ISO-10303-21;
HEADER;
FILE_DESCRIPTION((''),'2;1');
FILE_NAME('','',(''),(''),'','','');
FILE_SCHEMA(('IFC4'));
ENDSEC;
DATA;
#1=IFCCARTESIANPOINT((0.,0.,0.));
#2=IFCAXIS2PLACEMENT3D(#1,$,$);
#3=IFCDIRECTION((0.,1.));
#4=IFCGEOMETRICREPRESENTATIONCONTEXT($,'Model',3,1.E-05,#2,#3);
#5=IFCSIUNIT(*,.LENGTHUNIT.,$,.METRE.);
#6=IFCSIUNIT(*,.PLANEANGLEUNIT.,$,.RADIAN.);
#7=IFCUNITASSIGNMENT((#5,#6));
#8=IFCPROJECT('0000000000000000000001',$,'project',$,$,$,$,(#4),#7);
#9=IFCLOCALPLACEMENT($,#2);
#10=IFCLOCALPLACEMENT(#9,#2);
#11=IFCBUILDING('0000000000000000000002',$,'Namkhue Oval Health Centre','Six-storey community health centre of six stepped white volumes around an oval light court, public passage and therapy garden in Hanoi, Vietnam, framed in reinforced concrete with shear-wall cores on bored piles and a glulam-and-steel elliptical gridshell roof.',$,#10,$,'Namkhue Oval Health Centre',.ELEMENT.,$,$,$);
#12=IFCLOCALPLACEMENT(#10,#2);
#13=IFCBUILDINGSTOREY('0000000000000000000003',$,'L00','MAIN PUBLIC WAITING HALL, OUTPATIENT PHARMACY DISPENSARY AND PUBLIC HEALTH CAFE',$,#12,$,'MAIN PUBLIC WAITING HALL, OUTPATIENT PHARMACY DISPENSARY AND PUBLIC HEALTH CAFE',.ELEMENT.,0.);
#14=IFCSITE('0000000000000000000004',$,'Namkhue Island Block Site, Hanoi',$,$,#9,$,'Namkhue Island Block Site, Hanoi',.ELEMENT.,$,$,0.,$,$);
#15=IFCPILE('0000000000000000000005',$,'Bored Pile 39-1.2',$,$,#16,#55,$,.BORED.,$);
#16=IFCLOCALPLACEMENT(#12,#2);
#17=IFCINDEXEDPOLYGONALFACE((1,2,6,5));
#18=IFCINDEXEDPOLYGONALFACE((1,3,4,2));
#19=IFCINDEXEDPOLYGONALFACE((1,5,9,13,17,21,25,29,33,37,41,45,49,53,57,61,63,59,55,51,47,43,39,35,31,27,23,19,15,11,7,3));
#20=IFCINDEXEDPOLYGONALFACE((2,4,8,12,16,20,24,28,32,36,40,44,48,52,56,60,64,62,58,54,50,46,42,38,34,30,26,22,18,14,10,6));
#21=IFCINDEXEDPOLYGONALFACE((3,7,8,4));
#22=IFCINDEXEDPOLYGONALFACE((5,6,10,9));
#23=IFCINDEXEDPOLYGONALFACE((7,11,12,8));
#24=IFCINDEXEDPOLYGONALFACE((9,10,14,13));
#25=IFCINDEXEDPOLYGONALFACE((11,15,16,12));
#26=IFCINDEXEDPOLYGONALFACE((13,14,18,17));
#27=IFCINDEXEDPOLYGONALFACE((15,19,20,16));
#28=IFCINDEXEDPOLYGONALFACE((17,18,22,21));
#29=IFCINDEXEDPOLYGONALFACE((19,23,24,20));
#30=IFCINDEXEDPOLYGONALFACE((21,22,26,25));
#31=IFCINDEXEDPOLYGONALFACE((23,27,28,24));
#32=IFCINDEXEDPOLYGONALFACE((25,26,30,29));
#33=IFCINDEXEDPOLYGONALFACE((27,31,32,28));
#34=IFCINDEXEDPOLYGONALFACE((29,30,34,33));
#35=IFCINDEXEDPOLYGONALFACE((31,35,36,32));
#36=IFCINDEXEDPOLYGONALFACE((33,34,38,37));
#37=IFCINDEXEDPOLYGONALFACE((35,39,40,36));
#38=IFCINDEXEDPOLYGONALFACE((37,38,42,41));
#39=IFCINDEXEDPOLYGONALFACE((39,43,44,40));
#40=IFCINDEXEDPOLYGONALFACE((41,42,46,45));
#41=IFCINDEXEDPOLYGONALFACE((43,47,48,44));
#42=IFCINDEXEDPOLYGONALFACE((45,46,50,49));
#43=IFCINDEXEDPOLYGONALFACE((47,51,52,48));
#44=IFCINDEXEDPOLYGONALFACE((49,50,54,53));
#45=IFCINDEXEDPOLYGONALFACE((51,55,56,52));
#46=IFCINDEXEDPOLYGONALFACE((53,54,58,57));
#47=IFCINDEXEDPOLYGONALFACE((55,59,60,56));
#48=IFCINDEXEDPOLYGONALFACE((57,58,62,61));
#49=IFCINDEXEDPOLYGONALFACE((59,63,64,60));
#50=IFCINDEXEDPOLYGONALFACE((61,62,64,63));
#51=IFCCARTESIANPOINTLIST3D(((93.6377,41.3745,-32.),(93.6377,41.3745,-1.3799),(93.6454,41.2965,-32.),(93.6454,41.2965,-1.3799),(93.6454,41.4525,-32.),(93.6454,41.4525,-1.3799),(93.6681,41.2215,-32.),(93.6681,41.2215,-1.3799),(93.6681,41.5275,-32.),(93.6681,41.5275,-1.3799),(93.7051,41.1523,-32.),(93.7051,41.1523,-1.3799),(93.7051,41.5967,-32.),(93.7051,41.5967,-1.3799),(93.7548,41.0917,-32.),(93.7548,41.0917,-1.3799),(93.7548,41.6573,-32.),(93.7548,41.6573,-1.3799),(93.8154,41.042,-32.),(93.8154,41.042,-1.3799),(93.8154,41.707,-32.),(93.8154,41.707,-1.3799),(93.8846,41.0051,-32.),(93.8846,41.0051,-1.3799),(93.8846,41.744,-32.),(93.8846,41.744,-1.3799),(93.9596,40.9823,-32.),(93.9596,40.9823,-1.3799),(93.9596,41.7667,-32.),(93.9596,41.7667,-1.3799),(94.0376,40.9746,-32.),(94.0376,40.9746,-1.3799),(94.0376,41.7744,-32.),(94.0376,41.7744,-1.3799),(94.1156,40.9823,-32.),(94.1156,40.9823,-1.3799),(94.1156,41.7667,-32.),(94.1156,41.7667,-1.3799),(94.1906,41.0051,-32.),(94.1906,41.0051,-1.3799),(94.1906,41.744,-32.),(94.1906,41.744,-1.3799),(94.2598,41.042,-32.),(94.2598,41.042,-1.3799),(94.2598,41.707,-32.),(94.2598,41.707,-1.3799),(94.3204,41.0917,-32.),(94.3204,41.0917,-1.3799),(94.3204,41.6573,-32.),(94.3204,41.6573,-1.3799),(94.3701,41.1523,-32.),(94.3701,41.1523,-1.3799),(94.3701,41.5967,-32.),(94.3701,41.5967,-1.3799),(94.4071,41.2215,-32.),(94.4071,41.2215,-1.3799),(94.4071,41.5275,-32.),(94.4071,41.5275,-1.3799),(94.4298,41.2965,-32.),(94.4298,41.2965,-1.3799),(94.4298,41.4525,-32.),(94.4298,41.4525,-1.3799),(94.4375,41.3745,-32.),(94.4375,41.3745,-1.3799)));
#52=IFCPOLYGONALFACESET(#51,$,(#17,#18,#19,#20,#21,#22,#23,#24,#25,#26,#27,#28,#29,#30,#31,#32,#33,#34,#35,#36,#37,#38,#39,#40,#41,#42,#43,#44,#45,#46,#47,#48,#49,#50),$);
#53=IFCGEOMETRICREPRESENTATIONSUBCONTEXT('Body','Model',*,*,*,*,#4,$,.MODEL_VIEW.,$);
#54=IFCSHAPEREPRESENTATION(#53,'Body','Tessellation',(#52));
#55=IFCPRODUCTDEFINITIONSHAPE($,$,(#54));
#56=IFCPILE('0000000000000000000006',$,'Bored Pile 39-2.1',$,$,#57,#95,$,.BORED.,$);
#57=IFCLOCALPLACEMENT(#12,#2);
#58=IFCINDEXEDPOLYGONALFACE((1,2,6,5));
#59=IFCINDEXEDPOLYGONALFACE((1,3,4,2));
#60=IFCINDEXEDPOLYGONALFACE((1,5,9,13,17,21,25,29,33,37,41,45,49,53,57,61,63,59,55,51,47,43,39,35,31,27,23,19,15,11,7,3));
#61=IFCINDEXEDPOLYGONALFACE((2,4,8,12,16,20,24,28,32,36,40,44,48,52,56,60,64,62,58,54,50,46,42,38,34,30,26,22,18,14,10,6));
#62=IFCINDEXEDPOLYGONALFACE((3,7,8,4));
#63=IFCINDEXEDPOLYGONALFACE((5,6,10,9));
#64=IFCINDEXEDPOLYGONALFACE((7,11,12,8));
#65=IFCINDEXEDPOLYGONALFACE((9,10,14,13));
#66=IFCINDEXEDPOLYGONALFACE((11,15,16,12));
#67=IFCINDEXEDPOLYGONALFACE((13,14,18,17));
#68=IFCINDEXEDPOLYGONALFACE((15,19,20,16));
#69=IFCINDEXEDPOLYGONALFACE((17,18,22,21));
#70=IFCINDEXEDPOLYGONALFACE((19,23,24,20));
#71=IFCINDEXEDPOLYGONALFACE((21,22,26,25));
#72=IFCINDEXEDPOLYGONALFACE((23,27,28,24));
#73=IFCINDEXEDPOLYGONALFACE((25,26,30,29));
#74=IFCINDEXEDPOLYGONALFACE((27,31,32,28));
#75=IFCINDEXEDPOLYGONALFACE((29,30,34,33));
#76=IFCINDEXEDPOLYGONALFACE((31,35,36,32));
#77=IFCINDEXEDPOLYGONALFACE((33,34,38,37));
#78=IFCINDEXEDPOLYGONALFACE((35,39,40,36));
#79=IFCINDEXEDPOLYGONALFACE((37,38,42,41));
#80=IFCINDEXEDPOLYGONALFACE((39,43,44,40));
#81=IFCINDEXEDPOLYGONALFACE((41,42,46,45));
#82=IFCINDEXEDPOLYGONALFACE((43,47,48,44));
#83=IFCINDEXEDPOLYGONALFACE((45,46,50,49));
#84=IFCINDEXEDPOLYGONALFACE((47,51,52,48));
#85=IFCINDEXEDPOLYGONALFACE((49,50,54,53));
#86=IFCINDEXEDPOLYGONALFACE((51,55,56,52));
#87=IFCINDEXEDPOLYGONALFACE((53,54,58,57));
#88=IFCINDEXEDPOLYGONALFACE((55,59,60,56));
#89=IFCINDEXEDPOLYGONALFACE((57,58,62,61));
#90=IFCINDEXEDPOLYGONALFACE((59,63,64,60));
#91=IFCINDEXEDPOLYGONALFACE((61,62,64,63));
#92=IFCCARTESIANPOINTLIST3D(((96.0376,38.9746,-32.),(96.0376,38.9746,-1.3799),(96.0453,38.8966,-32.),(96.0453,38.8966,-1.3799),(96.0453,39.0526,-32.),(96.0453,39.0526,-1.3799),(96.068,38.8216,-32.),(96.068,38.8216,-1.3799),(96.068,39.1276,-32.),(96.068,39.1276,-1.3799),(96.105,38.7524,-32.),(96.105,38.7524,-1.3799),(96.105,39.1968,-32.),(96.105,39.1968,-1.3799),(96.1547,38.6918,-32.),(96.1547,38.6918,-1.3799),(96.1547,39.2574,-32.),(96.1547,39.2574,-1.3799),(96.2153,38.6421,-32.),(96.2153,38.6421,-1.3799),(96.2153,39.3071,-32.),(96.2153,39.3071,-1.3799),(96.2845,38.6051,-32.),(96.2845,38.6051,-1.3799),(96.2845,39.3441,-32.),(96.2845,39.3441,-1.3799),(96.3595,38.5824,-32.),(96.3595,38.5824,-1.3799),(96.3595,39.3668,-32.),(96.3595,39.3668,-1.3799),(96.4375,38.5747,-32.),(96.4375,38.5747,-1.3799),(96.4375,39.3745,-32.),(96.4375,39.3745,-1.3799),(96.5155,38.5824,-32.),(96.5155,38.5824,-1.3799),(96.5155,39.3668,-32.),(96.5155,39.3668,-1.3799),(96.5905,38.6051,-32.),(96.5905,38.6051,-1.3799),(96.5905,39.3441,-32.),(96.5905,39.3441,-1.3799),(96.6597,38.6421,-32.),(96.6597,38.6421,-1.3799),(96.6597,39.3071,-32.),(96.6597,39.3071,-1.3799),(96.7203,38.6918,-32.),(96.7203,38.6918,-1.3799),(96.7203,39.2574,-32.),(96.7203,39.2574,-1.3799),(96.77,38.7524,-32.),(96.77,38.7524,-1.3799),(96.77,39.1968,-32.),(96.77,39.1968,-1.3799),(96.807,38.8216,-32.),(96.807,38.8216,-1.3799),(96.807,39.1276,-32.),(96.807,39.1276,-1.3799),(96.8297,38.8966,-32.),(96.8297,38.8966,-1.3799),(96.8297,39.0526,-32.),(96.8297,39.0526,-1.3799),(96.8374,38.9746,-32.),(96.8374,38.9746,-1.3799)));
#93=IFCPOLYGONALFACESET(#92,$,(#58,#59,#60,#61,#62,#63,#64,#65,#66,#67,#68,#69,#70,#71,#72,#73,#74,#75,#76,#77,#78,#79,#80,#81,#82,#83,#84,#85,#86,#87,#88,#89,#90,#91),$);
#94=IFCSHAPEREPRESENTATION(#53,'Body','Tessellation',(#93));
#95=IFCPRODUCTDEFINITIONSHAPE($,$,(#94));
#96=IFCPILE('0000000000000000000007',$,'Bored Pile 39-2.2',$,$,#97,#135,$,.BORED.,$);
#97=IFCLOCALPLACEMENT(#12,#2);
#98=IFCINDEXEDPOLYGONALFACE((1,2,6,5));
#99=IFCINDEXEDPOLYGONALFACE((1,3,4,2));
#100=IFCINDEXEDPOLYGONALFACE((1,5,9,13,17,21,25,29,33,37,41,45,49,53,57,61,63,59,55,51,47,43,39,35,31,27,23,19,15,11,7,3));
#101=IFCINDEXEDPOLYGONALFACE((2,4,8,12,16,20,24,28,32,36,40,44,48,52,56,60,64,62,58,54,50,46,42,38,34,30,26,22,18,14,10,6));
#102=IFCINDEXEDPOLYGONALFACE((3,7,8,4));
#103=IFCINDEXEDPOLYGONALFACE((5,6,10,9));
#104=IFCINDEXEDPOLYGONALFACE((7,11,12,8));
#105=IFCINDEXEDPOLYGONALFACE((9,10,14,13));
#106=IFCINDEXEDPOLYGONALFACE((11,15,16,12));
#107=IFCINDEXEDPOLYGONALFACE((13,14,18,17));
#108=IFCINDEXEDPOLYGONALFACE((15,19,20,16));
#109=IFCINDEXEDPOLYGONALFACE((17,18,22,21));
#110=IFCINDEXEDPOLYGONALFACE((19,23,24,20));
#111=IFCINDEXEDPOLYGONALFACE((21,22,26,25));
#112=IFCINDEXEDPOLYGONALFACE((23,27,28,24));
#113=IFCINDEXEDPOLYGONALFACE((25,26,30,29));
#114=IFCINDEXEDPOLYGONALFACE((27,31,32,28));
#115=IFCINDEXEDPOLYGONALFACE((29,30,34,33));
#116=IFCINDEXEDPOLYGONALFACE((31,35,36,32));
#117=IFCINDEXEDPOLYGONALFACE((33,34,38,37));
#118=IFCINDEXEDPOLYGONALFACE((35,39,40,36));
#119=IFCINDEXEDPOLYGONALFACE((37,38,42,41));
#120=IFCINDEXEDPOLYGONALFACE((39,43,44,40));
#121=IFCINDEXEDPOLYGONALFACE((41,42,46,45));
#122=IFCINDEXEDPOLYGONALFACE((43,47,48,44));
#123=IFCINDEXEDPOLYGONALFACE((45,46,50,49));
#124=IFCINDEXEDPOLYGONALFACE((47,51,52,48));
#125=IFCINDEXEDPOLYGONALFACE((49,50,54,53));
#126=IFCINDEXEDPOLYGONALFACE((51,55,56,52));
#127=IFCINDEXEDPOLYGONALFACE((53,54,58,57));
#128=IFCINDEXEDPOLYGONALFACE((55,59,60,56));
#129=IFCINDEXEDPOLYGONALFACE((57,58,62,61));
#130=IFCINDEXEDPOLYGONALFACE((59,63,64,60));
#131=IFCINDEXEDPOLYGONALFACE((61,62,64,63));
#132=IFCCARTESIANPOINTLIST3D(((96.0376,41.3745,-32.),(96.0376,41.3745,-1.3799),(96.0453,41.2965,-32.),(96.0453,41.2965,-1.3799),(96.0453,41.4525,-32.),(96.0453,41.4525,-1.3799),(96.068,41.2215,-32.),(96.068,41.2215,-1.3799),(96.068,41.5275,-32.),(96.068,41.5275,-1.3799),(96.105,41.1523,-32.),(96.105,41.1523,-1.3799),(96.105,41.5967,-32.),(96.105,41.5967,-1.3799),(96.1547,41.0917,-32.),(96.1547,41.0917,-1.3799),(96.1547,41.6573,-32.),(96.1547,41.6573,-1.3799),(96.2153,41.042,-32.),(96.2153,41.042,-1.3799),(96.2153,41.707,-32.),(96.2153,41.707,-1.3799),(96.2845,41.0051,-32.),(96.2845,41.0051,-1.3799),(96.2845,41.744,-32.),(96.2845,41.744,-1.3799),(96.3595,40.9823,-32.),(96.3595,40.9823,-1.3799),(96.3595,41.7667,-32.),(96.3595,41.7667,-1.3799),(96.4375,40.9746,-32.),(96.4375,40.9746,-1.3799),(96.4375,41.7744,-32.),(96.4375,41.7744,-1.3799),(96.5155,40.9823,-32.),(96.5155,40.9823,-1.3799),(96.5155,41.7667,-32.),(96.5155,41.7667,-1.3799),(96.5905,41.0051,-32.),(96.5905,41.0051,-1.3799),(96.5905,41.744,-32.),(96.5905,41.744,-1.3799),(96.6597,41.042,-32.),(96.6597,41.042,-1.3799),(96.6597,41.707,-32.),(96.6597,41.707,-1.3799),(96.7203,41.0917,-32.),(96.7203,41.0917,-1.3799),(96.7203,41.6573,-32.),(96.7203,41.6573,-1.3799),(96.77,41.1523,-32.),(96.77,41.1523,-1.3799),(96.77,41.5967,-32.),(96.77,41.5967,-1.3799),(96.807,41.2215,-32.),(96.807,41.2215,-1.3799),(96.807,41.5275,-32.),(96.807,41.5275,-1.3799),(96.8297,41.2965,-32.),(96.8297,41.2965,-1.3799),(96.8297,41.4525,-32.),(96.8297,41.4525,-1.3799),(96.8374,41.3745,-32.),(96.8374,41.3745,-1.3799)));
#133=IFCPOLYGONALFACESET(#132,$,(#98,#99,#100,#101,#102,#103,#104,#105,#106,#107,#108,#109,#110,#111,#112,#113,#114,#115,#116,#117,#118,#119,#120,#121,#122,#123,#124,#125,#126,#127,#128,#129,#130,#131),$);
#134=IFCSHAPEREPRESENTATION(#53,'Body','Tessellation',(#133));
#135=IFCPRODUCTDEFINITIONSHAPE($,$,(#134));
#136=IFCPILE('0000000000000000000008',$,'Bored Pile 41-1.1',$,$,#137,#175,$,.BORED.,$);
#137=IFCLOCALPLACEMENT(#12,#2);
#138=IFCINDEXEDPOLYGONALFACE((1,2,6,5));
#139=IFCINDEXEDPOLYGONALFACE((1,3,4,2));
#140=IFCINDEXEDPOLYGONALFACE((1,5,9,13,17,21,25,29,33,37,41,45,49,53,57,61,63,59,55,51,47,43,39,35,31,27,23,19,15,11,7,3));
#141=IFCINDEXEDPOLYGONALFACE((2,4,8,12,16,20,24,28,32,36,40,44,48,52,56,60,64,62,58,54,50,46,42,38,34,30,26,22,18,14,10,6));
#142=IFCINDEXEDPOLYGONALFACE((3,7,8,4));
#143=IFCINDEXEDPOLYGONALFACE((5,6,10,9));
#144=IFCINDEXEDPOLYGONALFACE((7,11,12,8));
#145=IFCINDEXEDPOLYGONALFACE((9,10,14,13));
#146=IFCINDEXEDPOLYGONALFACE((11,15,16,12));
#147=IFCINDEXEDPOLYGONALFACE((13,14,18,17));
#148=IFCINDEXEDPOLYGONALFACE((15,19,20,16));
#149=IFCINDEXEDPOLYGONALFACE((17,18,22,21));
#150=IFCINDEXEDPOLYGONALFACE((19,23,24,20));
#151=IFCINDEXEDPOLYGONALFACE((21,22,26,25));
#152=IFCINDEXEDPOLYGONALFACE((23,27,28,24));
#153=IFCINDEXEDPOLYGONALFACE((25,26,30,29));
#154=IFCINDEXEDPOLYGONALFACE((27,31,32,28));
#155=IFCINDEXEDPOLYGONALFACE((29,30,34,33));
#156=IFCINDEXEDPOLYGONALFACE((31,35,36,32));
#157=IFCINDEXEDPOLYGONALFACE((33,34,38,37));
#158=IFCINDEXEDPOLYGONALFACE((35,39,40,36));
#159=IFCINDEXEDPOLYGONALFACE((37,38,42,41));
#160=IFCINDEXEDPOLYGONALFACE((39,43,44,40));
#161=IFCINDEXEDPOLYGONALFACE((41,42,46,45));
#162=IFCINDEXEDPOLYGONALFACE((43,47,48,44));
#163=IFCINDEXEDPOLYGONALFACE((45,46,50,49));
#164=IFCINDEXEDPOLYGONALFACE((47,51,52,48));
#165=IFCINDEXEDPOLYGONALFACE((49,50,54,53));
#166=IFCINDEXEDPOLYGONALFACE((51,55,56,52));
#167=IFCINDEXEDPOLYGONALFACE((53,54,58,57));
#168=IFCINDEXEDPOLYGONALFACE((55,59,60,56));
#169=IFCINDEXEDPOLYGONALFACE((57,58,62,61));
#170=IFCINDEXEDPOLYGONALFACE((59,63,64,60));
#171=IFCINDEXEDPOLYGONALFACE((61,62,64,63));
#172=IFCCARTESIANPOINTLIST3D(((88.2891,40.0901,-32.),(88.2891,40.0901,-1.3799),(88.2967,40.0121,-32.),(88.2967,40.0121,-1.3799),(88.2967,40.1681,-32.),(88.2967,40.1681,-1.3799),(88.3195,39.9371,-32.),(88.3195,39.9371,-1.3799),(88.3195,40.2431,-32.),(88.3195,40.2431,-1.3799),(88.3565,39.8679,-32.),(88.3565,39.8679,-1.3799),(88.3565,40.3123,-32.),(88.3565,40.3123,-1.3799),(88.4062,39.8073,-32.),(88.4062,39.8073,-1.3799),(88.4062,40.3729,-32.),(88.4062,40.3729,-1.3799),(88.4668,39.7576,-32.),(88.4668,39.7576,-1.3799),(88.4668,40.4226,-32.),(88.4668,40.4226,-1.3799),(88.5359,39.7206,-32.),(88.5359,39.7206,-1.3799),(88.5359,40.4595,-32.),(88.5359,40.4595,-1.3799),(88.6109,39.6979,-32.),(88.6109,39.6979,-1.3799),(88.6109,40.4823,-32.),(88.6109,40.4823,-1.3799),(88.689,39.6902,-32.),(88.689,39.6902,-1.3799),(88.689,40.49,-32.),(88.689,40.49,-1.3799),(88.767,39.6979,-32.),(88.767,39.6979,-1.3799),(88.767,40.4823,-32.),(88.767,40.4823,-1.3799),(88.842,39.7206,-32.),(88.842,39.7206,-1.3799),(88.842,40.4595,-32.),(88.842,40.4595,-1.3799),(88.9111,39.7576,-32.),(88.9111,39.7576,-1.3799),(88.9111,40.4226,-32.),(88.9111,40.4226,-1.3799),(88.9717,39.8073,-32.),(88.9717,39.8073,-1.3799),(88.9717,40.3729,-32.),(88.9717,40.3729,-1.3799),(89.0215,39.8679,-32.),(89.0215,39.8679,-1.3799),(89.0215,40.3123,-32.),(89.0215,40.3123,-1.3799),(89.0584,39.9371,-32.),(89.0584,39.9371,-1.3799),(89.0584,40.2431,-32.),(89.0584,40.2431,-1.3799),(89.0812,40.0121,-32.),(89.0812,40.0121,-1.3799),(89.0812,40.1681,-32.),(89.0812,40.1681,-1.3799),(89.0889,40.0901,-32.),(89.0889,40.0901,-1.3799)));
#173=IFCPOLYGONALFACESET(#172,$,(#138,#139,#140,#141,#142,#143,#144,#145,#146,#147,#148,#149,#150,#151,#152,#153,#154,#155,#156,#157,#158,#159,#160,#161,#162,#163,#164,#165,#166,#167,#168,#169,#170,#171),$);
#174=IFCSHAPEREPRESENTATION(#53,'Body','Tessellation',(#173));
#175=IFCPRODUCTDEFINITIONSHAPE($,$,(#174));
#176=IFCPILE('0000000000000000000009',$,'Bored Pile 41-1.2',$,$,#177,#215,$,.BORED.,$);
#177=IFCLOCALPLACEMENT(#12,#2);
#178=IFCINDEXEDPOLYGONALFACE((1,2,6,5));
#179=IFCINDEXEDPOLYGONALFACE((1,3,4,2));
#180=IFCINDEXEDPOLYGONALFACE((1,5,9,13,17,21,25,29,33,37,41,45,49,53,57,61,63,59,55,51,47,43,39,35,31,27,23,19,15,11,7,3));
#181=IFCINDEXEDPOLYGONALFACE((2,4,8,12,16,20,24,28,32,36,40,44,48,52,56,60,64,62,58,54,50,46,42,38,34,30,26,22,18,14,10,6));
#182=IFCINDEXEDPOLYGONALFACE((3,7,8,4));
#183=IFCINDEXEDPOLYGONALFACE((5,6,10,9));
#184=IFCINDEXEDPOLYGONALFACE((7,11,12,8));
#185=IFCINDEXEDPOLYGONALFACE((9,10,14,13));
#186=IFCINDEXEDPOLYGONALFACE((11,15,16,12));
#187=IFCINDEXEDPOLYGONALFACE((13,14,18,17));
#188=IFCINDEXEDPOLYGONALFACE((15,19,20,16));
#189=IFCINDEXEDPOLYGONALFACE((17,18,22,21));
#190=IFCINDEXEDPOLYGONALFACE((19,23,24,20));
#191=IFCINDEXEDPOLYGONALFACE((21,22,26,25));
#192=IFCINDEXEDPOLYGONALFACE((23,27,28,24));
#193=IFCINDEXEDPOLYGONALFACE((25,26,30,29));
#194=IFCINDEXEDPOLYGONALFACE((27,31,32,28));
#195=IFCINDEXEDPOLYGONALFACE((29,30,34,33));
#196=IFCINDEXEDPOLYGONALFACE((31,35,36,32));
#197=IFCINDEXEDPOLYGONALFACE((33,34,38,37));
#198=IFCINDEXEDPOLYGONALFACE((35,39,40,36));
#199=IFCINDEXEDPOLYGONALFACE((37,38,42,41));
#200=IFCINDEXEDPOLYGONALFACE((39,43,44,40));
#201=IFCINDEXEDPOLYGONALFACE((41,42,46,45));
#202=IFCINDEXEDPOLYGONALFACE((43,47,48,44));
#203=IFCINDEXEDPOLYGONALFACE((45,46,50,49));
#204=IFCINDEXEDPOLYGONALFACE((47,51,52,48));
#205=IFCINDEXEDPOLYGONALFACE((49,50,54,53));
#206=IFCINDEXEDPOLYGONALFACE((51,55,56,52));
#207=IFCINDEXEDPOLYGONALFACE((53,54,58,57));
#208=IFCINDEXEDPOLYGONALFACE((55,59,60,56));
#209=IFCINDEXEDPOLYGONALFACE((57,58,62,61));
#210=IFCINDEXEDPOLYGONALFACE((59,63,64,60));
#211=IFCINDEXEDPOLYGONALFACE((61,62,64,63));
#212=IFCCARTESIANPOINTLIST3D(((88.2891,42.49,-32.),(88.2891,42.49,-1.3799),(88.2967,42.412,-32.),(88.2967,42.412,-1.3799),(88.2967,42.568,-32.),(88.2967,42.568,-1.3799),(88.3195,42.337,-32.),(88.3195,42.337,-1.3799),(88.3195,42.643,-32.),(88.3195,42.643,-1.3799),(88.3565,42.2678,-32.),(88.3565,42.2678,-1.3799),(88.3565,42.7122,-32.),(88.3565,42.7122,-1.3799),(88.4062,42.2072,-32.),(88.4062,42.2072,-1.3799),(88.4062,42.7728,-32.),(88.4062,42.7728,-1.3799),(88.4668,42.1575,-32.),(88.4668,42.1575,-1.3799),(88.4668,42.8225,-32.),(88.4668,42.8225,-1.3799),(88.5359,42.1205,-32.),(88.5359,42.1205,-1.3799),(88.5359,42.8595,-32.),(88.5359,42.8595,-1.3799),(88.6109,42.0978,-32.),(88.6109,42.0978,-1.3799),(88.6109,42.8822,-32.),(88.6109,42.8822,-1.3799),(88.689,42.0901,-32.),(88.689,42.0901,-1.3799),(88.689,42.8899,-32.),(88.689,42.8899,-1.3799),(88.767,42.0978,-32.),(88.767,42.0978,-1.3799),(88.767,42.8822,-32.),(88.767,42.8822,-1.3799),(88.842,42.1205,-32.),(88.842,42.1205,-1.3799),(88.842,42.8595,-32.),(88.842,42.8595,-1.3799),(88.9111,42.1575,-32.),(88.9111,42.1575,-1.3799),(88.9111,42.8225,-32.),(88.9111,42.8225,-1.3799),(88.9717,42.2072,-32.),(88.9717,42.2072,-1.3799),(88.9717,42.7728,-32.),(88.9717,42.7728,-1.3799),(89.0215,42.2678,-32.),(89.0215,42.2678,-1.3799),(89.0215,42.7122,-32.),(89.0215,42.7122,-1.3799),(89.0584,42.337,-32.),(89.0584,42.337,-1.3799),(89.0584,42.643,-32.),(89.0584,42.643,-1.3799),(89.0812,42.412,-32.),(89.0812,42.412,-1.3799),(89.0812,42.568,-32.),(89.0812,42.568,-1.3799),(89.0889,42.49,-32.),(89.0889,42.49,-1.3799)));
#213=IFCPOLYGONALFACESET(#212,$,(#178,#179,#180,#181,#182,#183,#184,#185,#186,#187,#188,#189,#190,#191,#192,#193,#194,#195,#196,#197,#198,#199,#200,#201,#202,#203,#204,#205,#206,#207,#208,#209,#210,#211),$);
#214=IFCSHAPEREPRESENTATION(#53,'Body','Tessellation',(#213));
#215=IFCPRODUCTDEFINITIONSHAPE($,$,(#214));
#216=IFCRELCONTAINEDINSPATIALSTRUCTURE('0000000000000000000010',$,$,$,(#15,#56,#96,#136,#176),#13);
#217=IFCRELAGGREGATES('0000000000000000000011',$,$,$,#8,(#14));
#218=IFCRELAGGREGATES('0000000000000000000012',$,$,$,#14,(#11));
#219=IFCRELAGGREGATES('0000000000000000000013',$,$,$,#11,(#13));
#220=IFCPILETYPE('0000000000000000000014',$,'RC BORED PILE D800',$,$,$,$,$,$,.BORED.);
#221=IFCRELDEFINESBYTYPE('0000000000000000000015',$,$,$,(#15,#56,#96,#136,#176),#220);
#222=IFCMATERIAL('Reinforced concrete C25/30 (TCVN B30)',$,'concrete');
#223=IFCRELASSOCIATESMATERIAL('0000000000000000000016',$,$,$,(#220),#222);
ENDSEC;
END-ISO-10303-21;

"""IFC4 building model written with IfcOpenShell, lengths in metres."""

from ifc_helpers import new_model, si_unit, direction, frame, origin, origin_2d, place, context, subcontext, project, spatial, circle, extrude, material, material_profile, profile_set, type_object, element, save


model = new_model("IFC4")

# Units and contexts
model_context = context("Model", 3, precision=1e-05, world=origin(), true_north=direction((0.0, 1.0)))
body_context = subcontext(model_context, "Body", "Model", "MODEL_VIEW")
ifc_project = project(units=[si_unit("LENGTHUNIT", "METRE"), si_unit("PLANEANGLEUNIT", "RADIAN")], contexts=[model_context])

# Site, building, storey
site_placement = place(None, origin())
site = spatial("IfcSite", under=ifc_project, at=site_placement, Name="Namkhue Island Block Site, Hanoi", LongName="Namkhue Island Block Site, Hanoi", CompositionType="ELEMENT", RefElevation=0.0)
building_placement = place(site_placement, origin())
building = spatial("IfcBuilding", under=site, at=building_placement, Name="Namkhue Oval Health Centre", Description="Six-storey community health centre of six stepped white volumes around an oval light court, public passage and therapy garden in Hanoi, Vietnam, framed in reinforced concrete with shear-wall cores on bored piles and a glulam-and-steel elliptical gridshell roof.", LongName="Namkhue Oval Health Centre", CompositionType="ELEMENT")
storey_placement = place(building_placement, origin())
storey = spatial("IfcBuildingStorey", under=building, at=storey_placement, Name="L00", Description="MAIN PUBLIC WAITING HALL, OUTPATIENT PHARMACY DISPENSARY AND PUBLIC HEALTH CAFE", LongName="MAIN PUBLIC WAITING HALL, OUTPATIENT PHARMACY DISPENSARY AND PUBLIC HEALTH CAFE", CompositionType="ELEMENT", Elevation=0.0)

# Piles
ifc_material_1 = material(Name="Reinforced concrete C25/30 (TCVN B30)", Category="concrete")
ifc_material_profile_1 = material_profile(ifc_material_1, circle(Radius=0.3999, at=origin_2d()), Name="BORED PILE D800")
ifc_profile_set_1 = profile_set([ifc_material_profile_1], Name="Reinforced concrete C25/30 (TCVN B30)")
pile_type_1 = type_object("IfcPileType", Name="RC BORED PILE D800", PredefinedType="BORED", material=ifc_profile_set_1)
for number, where, z_axis, x_axis, name in (
    (1, (94.0376, 41.3745, -1.3799), (0.0, 0.0, -1.0), (1.0, 0.0, 0.0), "Bored Pile 39-1.2"),
    (2, (96.4375, 38.9746, -1.3799), (0.0, 0.0, -1.0), (1.0, 0.0, 0.0), "Bored Pile 39-2.1"),
    (3, (96.4375, 41.3745, -1.3799), (0.0, 0.0, -1.0), (1.0, 0.0, 0.0), "Bored Pile 39-2.2"),
    (4, (88.689, 40.0901, -1.3799), (0.0, 0.0, -1.0), (1.0, 0.0, 0.0), "Bored Pile 41-1.1"),
    (5, (88.689, 42.49, -1.3799), (0.0, 0.0, -1.0), (1.0, 0.0, 0.0), "Bored Pile 41-1.2"),
):
    element("IfcPile", number, at=place(storey_placement, frame(where, z_axis=z_axis, x_axis=x_axis)), inside=storey, type_object=pile_type_1, Name=name, PredefinedType="BORED", context=body_context, shape_type="SweptSolid", body=[
        extrude(circle(Radius=0.3999, at=origin_2d()), origin(), (0.0, 0.0, 1.0), 30.6201),
    ])

save(model, "model.ifc")
